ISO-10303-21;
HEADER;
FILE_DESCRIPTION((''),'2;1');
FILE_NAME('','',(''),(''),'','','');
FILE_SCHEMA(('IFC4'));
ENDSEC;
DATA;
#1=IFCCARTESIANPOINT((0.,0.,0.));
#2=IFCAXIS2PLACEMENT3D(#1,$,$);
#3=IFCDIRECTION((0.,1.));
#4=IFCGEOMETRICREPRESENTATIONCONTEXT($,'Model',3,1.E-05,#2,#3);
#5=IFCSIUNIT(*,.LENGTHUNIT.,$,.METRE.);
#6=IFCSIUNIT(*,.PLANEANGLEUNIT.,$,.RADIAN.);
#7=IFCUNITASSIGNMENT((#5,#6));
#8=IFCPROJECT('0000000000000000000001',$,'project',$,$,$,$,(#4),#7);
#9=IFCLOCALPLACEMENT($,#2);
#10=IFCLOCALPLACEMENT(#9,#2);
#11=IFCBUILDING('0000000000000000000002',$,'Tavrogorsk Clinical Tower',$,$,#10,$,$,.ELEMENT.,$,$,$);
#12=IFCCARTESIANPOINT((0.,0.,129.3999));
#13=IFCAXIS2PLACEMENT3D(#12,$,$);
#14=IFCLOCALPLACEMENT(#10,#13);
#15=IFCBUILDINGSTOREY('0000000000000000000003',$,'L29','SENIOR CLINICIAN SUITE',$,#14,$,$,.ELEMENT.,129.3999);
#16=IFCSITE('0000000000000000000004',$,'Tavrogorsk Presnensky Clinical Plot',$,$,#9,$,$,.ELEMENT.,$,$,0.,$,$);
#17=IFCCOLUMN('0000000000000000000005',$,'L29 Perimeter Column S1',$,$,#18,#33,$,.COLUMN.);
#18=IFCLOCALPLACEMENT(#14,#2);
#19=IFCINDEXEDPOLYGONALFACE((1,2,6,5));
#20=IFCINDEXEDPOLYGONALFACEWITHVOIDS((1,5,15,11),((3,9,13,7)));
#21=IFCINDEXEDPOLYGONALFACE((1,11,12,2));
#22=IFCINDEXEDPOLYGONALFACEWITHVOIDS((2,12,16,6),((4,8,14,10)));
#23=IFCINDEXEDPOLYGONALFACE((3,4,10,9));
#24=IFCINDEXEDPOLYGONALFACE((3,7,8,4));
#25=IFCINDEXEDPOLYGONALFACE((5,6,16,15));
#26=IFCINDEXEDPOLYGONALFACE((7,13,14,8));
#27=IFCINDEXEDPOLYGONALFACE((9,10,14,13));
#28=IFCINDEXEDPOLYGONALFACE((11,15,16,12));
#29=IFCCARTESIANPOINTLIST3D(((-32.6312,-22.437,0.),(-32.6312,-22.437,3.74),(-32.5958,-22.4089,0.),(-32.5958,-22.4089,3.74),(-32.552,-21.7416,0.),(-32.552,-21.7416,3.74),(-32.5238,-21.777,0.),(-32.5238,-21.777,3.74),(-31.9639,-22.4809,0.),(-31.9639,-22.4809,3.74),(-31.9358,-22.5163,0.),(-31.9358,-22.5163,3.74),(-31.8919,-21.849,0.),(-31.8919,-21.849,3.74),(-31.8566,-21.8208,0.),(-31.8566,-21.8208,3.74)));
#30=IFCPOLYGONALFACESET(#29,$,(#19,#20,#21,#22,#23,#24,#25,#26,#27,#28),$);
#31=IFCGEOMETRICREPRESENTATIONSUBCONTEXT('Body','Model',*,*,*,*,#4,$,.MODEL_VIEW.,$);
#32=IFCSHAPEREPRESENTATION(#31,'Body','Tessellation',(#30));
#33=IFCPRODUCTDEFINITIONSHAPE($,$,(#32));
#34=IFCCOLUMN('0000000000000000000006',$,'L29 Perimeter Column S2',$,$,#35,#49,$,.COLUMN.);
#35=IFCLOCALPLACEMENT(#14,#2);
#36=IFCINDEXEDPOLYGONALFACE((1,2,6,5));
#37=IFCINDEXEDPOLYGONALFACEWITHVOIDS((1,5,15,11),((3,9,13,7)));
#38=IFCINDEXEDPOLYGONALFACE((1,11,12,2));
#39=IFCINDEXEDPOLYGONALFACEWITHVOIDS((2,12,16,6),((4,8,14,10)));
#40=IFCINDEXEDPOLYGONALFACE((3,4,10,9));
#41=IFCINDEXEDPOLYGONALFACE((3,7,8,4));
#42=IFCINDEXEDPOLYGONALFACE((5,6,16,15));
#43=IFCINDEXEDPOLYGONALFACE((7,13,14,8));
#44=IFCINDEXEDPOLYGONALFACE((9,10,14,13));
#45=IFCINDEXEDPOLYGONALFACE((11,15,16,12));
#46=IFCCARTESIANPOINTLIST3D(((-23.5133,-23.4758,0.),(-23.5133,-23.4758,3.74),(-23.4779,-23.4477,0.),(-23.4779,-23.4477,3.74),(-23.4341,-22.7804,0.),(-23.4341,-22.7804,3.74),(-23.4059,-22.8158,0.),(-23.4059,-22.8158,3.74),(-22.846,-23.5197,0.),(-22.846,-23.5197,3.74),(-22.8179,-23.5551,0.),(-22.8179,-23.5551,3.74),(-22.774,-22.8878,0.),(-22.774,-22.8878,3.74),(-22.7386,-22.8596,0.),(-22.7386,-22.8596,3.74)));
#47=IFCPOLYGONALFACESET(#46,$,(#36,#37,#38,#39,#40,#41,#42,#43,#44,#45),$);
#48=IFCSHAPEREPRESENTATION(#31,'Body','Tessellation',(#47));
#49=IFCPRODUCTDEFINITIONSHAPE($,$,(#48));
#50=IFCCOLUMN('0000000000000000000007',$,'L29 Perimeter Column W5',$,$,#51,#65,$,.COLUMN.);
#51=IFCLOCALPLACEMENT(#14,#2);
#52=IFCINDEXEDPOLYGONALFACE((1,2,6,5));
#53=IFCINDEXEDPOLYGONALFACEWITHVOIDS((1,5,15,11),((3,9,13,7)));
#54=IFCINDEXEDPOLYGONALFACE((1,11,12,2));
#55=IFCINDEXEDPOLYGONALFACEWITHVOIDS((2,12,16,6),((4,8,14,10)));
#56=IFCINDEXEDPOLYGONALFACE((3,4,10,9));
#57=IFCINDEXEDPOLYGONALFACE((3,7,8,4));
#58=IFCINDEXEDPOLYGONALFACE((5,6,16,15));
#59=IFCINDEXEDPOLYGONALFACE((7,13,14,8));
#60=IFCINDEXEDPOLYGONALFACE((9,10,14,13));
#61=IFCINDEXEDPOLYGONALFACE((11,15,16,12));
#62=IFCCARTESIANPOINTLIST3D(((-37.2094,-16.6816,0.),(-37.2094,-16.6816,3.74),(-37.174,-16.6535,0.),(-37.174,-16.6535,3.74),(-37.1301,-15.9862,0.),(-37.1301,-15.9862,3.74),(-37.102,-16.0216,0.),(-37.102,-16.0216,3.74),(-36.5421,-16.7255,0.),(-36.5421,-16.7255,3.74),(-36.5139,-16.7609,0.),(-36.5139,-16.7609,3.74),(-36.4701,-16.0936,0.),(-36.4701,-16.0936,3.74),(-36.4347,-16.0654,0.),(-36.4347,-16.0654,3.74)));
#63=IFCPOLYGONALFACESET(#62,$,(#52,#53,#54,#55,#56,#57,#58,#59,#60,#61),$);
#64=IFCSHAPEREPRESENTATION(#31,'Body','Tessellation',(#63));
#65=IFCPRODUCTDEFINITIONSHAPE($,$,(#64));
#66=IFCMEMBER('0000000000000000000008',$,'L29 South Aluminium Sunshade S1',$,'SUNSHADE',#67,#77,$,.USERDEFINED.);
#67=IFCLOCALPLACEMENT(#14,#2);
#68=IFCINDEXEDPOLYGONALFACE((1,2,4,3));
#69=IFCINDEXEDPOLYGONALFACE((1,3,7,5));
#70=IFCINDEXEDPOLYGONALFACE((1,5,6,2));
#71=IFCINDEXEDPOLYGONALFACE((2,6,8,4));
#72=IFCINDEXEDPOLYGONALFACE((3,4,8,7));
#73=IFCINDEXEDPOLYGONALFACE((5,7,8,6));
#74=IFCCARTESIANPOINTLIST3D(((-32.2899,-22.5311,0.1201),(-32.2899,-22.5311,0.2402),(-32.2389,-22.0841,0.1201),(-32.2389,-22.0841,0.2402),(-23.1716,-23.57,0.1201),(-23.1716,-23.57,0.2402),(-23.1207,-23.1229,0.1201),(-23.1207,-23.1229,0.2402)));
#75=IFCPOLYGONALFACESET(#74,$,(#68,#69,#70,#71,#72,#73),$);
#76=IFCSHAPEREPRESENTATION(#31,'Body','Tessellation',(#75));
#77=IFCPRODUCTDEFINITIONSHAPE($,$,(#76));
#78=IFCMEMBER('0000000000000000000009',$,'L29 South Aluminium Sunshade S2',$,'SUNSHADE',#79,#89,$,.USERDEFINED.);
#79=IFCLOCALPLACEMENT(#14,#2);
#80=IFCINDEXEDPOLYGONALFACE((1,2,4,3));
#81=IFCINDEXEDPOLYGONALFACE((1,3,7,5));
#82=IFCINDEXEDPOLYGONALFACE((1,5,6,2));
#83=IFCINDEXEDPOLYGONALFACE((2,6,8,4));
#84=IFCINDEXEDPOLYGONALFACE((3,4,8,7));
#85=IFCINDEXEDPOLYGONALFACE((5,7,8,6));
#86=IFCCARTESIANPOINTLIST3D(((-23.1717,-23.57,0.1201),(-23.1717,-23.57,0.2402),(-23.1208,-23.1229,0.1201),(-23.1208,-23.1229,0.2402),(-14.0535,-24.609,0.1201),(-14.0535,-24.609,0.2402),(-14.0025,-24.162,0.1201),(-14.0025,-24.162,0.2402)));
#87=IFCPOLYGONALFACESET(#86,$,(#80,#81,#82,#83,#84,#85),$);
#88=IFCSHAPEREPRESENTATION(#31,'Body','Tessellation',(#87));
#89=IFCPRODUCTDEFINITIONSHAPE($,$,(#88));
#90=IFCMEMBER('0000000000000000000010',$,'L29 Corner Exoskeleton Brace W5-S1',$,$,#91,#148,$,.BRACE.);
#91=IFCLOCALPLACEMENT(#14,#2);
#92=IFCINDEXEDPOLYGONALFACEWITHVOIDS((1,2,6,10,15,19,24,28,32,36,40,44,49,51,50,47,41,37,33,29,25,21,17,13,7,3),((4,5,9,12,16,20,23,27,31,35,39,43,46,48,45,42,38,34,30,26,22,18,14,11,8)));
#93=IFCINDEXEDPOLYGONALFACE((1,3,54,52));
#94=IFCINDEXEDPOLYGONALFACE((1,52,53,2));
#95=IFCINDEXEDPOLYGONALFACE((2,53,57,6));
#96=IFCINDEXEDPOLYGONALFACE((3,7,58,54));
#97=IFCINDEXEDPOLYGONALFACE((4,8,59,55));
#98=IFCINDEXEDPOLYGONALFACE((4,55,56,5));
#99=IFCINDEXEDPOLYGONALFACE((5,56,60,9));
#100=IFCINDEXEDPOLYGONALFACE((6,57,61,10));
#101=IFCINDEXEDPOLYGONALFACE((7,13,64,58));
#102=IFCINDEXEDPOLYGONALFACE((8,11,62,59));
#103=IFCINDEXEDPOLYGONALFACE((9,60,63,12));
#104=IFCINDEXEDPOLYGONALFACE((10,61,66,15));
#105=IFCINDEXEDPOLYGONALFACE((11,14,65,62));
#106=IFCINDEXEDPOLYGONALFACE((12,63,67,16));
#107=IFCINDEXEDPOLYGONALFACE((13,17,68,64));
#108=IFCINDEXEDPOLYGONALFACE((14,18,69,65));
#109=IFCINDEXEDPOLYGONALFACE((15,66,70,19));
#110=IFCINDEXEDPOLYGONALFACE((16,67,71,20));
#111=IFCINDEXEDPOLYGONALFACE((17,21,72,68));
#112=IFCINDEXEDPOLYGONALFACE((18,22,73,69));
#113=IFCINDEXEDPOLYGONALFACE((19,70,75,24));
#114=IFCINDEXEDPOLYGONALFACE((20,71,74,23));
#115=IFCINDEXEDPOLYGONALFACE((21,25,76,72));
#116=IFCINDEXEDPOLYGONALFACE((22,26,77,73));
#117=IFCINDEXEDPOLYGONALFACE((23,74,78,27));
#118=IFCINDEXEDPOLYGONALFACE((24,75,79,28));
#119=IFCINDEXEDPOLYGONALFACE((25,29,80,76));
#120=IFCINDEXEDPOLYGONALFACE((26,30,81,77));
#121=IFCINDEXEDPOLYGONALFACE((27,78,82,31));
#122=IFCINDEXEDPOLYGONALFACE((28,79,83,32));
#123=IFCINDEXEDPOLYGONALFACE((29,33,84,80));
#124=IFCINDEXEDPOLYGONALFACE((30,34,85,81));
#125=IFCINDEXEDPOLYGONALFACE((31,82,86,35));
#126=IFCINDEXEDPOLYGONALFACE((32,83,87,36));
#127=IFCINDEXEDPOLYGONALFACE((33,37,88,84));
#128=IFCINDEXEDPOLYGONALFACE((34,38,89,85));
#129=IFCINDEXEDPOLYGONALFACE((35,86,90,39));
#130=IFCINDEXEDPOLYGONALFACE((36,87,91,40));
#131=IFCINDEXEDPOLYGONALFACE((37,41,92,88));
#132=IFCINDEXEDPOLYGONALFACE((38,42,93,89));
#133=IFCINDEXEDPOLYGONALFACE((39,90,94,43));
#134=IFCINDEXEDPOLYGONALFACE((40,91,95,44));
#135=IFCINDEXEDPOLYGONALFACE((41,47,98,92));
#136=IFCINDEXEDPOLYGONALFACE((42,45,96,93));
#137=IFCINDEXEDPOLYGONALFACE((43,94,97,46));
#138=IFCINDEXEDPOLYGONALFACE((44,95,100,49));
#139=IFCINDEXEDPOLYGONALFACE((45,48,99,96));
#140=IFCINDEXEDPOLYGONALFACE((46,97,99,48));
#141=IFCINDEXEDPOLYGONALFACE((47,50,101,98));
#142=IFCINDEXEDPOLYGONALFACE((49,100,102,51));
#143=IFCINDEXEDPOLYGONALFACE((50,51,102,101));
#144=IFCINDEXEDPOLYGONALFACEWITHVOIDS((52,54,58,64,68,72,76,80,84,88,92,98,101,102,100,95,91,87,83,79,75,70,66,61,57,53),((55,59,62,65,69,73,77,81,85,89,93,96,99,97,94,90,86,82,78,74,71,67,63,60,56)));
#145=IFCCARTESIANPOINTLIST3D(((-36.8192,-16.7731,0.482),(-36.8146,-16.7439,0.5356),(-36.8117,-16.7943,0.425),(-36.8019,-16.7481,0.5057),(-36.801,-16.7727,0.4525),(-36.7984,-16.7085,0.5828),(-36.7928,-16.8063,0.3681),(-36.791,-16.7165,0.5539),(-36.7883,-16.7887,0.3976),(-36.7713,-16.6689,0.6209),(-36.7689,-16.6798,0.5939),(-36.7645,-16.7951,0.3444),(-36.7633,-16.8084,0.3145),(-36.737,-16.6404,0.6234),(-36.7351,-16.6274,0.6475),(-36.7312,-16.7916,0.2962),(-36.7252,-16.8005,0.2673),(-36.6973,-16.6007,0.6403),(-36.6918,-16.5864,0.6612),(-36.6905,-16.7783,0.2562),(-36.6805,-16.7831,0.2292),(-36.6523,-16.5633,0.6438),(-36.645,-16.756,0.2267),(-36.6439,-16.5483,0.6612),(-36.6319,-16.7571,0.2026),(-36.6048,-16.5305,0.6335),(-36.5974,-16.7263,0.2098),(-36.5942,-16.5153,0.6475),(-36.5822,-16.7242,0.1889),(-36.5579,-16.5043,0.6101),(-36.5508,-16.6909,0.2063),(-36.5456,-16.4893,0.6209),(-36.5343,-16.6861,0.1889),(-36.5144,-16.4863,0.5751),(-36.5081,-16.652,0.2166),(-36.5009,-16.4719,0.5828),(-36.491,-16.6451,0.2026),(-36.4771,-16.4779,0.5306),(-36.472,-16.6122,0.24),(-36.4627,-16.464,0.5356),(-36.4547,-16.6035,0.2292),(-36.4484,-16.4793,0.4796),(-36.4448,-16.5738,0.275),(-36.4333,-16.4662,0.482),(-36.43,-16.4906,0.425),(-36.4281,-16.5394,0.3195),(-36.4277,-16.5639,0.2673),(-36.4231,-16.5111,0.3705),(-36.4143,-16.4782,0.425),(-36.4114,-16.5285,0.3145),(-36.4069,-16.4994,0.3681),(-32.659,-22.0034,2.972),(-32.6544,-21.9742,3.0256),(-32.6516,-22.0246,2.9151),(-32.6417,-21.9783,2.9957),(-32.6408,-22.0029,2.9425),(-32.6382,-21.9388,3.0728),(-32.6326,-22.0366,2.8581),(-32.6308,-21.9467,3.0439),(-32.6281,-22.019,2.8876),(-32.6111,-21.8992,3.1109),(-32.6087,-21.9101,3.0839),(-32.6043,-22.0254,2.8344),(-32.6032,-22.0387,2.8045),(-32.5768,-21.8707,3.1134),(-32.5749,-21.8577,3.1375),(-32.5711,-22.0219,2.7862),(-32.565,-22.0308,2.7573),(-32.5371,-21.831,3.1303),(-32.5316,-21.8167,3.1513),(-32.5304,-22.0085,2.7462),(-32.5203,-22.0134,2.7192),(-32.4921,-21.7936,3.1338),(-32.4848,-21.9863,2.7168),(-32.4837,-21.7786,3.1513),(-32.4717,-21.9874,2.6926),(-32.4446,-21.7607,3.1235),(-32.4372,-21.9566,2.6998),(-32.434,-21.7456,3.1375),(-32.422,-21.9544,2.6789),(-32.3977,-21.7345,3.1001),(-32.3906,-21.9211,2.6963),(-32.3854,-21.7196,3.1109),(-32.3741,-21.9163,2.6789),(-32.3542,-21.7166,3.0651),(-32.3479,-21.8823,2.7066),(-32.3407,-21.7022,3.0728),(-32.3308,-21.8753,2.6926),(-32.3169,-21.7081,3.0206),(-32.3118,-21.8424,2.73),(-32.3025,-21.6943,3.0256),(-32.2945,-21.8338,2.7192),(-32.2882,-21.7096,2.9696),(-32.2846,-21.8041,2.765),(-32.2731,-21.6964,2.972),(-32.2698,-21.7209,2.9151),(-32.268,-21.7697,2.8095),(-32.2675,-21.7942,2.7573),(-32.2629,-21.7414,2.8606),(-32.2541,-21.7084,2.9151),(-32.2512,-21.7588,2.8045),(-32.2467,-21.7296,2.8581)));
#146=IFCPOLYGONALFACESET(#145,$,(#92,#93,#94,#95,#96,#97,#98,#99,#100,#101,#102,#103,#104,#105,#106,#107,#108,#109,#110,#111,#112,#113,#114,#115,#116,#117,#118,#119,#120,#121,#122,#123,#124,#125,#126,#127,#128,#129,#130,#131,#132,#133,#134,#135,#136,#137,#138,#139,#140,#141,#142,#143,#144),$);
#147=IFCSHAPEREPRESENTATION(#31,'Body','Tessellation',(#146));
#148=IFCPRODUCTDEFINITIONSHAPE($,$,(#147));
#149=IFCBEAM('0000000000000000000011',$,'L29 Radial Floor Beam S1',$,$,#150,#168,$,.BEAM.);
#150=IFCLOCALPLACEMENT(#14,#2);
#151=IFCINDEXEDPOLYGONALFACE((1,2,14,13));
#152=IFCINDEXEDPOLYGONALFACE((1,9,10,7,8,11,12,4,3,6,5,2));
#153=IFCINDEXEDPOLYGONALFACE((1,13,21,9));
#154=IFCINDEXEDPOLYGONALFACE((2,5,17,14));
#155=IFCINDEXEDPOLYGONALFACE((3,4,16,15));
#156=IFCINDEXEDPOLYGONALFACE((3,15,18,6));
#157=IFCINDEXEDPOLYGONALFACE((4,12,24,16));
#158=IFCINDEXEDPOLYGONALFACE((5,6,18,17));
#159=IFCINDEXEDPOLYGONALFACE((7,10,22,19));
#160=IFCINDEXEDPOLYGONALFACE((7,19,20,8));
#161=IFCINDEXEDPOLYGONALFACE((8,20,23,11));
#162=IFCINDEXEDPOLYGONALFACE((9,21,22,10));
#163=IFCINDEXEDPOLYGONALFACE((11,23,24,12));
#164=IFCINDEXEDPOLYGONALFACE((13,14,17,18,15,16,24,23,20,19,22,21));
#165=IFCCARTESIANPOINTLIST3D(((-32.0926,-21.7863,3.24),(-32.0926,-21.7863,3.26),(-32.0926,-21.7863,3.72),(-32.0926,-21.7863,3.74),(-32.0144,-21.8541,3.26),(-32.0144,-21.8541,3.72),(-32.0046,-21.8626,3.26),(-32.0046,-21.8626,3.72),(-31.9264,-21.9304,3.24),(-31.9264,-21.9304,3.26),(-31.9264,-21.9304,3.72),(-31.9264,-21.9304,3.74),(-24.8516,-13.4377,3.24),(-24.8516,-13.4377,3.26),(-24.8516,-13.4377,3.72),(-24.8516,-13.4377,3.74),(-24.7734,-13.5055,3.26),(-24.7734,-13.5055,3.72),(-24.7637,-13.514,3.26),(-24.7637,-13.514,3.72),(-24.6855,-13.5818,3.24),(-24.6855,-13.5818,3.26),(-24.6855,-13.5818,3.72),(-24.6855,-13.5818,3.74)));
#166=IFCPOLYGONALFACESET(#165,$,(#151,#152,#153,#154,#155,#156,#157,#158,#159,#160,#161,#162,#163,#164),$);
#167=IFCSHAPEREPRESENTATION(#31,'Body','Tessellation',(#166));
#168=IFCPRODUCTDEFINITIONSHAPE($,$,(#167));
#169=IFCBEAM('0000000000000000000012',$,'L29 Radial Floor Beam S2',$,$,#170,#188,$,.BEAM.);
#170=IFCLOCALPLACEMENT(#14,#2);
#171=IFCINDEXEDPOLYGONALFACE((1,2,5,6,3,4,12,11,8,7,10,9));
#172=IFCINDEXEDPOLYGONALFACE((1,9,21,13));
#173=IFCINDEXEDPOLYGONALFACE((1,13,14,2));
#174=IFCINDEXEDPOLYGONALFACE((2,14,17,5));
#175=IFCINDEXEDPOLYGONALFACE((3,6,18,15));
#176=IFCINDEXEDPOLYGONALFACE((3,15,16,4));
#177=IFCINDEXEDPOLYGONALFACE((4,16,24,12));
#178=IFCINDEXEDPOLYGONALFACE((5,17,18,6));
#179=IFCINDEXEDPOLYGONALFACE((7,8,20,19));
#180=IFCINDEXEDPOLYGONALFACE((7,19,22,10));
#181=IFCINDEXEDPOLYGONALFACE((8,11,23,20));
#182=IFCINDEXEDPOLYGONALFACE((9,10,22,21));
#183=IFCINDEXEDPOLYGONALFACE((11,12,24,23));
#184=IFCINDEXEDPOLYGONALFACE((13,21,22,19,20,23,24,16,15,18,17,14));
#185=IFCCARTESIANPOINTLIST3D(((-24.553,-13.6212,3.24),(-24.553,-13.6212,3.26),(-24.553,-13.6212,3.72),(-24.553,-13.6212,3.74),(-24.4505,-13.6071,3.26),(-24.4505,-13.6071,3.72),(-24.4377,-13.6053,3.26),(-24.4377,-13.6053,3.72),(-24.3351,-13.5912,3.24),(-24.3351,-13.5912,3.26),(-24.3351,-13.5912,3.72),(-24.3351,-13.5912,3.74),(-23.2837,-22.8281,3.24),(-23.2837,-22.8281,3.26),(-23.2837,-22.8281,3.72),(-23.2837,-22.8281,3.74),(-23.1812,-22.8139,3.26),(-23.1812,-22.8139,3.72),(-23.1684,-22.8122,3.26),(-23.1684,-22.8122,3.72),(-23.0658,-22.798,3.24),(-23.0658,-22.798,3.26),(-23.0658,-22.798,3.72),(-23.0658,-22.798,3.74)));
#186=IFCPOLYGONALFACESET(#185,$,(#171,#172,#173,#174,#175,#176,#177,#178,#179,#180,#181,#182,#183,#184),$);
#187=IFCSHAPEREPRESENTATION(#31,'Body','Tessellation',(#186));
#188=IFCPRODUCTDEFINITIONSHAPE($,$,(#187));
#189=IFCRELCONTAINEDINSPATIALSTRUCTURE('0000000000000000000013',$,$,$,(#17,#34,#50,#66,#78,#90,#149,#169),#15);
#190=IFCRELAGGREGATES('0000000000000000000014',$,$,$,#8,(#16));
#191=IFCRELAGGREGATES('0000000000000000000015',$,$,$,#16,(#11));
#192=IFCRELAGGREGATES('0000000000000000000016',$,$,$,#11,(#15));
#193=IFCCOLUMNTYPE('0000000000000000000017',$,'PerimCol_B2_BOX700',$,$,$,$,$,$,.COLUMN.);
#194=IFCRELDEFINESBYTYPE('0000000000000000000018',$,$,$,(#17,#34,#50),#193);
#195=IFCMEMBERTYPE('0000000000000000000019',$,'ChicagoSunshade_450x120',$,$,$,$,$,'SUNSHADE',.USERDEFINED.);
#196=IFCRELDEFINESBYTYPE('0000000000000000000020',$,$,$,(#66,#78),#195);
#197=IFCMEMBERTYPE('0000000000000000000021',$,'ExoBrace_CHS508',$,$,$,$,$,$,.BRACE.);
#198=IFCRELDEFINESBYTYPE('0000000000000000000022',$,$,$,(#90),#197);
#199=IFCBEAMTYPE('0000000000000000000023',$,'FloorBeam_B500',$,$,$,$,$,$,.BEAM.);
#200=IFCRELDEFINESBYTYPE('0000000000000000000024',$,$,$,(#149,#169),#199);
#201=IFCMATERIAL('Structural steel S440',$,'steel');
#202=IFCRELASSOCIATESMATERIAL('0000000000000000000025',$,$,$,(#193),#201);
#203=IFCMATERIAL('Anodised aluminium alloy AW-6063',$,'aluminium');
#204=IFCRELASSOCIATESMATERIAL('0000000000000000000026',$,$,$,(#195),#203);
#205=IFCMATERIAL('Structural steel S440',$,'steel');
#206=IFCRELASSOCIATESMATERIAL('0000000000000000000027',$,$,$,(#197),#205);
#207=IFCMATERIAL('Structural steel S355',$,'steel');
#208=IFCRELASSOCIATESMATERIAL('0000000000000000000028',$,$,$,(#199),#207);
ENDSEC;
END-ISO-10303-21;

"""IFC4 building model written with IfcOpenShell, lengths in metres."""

from ifc_helpers import new_model, si_unit, direction, frame, origin, origin_2d, place, context, subcontext, project, spatial, rectangle, hollow_rectangle, hollow_circle, i_section, extrude, material, material_profile, profile_set, type_object, element, save


model = new_model("IFC4")

# Units and contexts
model_context = context("Model", 3, precision=1e-05, world=origin(), true_north=direction((0.0, 1.0)))
body_context = subcontext(model_context, "Body", "Model", "MODEL_VIEW")
ifc_project = project(units=[si_unit("LENGTHUNIT", "METRE"), si_unit("PLANEANGLEUNIT", "RADIAN")], contexts=[model_context])

# Site, building, storey
site_placement = place(None, origin())
site = spatial("IfcSite", under=ifc_project, at=site_placement, Name="Tavrogorsk Presnensky Clinical Plot", CompositionType="ELEMENT", RefElevation=0.0)
building_placement = place(site_placement, origin())
building = spatial("IfcBuilding", under=site, at=building_placement, Name="Tavrogorsk Clinical Tower", CompositionType="ELEMENT")
storey_placement = place(building_placement, frame((0.0, 0.0, 129.3999)))
storey = spatial("IfcBuildingStorey", under=building, at=storey_placement, Name="L29", Description="SENIOR CLINICIAN SUITE", CompositionType="ELEMENT", Elevation=129.3999)

# Columns
ifc_material_1 = material(Name="Structural steel S440", Category="steel")
ifc_material_profile_1 = material_profile(ifc_material_1, hollow_rectangle(XDim=0.7, YDim=0.7, WallThickness=0.032, at=origin_2d()), Name="BOX-700x700x32")
ifc_profile_set_1 = profile_set([ifc_material_profile_1], Name="Structural steel S440")
column_type = type_object("IfcColumnType", Name="PerimCol_B2_BOX700", PredefinedType="COLUMN", material=ifc_profile_set_1)
for number, where, z_axis, x_axis, name in (
    (1, (-32.2439, -22.1289, 0.0), (0.0, 0.0, 1.0), (0.993572, -0.113203, 0.0), "L29 Perimeter Column S1"),
    (2, (-23.126, -23.1677, 0.0), (0.0, 0.0, 1.0), (0.993572, -0.113203, 0.0), "L29 Perimeter Column S2"),
    (3, (-36.822, -16.3735, 0.0), (0.0, 0.0, 1.0), (0.993572, -0.113203, 0.0), "L29 Perimeter Column W5"),
):
    element("IfcColumn", number, at=place(storey_placement, frame(where, z_axis=z_axis, x_axis=x_axis)), inside=storey, type_object=column_type, Name=name, PredefinedType="COLUMN", context=body_context, shape_type="SweptSolid", body=[
        extrude(hollow_rectangle(XDim=0.7, YDim=0.7, WallThickness=0.032, at=origin_2d()), origin(), (0.0, 0.0, 1.0), 3.74),
    ])

# Members
ifc_material_2 = material(Name="Anodised aluminium alloy AW-6063", Category="aluminium")
ifc_material_profile_2 = material_profile(ifc_material_2, rectangle(XDim=0.45, YDim=0.1201, at=origin_2d()), Name="ALU-SUNSHADE-450x120")
ifc_profile_set_2 = profile_set([ifc_material_profile_2], Name="Anodised aluminium alloy AW-6063")
member_type_1 = type_object("IfcMemberType", Name="ChicagoSunshade_450x120", ElementType="SUNSHADE", PredefinedType="USERDEFINED", material=ifc_profile_set_2)
for number, where, z_axis, x_axis, name in (
    (4, (-32.2644, -22.3076, 0.1802), (0.993573, -0.113196, 0.0), (0.113196, 0.993573, 0.0), "L29 South Aluminium Sunshade S1"),
    (5, (-23.1462, -23.3464, 0.1802), (0.99357, -0.113222, 0.0), (0.113222, 0.99357, 0.0), "L29 South Aluminium Sunshade S2"),
):
    element("IfcMember", number, at=place(storey_placement, frame(where, z_axis=z_axis, x_axis=x_axis)), inside=storey, type_object=member_type_1, Name=name, ObjectType="SUNSHADE", PredefinedType="USERDEFINED", context=body_context, shape_type="SweptSolid", body=[
        extrude(rectangle(XDim=0.45, YDim=0.1201, at=origin_2d()), origin(), (0.0, 0.0, 1.0), 9.1772),
    ])
ifc_material_3 = material(Name="Structural steel S440", Category="steel")
ifc_material_profile_3 = material_profile(ifc_material_3, hollow_circle(Radius=0.2539, WallThickness=0.02, at=origin_2d()), Name="CHS-508x20")
ifc_profile_set_3 = profile_set([ifc_material_profile_3], Name="Structural steel S440")
member_type_2 = type_object("IfcMemberType", Name="ExoBrace_CHS508", PredefinedType="BRACE", material=ifc_profile_set_3)
member_1_placement = place(storey_placement, frame((-36.613, -16.6362, 0.425), z_axis=(0.583327, -0.733369, 0.34914), x_axis=(0.782619, 0.622501, 0.0)))
element("IfcMember", 6, at=member_1_placement, inside=storey, type_object=member_type_2, Name="L29 Corner Exoskeleton Brace W5-S1", PredefinedType="BRACE", context=body_context, shape_type="SweptSolid", body=[
    extrude(hollow_circle(Radius=0.2539, WallThickness=0.02, at=origin_2d()), origin(), (0.0, 0.0, 1.0), 7.1318),
])

# Beams
ifc_material_4 = material(Name="Structural steel S355", Category="steel")
ifc_material_profile_4 = material_profile(ifc_material_4, i_section(OverallWidth=0.22, OverallDepth=0.5, WebThickness=0.0129, FlangeThickness=0.02, at=origin_2d()), Name="B-500x220x13x20")
ifc_profile_set_4 = profile_set([ifc_material_profile_4], Name="Structural steel S355")
beam_type_1 = type_object("IfcBeamType", Name="FloorBeam_B500", PredefinedType="BEAM", material=ifc_profile_set_4)
beam_1_placement = place(storey_placement, frame((-24.7686, -13.5098, 3.49), z_axis=(-0.655214, -0.755443, 0.0), x_axis=(0.755443, -0.655214, 0.0)))
element("IfcBeam", 7, at=beam_1_placement, inside=storey, type_object=beam_type_1, Name="L29 Radial Floor Beam S1", PredefinedType="BEAM", context=body_context, shape_type="SweptSolid", body=[
    extrude(i_section(OverallWidth=0.22, OverallDepth=0.5, WebThickness=0.0129, FlangeThickness=0.02, at=origin_2d()), origin(), (0.0, 0.0, 1.0), 11.0513),
])
beam_2_placement = place(storey_placement, frame((-24.4441, -13.6062, 3.49), z_axis=(0.136573, -0.99063, 0.0), x_axis=(0.99063, 0.136573, 0.0)))
element("IfcBeam", 8, at=beam_2_placement, inside=storey, type_object=beam_type_1, Name="L29 Radial Floor Beam S2", PredefinedType="BEAM", context=body_context, shape_type="SweptSolid", body=[
    extrude(i_section(OverallWidth=0.22, OverallDepth=0.5, WebThickness=0.0129, FlangeThickness=0.02, at=origin_2d()), origin(), (0.0, 0.0, 1.0), 9.2939),
])

save(model, "model.ifc")
